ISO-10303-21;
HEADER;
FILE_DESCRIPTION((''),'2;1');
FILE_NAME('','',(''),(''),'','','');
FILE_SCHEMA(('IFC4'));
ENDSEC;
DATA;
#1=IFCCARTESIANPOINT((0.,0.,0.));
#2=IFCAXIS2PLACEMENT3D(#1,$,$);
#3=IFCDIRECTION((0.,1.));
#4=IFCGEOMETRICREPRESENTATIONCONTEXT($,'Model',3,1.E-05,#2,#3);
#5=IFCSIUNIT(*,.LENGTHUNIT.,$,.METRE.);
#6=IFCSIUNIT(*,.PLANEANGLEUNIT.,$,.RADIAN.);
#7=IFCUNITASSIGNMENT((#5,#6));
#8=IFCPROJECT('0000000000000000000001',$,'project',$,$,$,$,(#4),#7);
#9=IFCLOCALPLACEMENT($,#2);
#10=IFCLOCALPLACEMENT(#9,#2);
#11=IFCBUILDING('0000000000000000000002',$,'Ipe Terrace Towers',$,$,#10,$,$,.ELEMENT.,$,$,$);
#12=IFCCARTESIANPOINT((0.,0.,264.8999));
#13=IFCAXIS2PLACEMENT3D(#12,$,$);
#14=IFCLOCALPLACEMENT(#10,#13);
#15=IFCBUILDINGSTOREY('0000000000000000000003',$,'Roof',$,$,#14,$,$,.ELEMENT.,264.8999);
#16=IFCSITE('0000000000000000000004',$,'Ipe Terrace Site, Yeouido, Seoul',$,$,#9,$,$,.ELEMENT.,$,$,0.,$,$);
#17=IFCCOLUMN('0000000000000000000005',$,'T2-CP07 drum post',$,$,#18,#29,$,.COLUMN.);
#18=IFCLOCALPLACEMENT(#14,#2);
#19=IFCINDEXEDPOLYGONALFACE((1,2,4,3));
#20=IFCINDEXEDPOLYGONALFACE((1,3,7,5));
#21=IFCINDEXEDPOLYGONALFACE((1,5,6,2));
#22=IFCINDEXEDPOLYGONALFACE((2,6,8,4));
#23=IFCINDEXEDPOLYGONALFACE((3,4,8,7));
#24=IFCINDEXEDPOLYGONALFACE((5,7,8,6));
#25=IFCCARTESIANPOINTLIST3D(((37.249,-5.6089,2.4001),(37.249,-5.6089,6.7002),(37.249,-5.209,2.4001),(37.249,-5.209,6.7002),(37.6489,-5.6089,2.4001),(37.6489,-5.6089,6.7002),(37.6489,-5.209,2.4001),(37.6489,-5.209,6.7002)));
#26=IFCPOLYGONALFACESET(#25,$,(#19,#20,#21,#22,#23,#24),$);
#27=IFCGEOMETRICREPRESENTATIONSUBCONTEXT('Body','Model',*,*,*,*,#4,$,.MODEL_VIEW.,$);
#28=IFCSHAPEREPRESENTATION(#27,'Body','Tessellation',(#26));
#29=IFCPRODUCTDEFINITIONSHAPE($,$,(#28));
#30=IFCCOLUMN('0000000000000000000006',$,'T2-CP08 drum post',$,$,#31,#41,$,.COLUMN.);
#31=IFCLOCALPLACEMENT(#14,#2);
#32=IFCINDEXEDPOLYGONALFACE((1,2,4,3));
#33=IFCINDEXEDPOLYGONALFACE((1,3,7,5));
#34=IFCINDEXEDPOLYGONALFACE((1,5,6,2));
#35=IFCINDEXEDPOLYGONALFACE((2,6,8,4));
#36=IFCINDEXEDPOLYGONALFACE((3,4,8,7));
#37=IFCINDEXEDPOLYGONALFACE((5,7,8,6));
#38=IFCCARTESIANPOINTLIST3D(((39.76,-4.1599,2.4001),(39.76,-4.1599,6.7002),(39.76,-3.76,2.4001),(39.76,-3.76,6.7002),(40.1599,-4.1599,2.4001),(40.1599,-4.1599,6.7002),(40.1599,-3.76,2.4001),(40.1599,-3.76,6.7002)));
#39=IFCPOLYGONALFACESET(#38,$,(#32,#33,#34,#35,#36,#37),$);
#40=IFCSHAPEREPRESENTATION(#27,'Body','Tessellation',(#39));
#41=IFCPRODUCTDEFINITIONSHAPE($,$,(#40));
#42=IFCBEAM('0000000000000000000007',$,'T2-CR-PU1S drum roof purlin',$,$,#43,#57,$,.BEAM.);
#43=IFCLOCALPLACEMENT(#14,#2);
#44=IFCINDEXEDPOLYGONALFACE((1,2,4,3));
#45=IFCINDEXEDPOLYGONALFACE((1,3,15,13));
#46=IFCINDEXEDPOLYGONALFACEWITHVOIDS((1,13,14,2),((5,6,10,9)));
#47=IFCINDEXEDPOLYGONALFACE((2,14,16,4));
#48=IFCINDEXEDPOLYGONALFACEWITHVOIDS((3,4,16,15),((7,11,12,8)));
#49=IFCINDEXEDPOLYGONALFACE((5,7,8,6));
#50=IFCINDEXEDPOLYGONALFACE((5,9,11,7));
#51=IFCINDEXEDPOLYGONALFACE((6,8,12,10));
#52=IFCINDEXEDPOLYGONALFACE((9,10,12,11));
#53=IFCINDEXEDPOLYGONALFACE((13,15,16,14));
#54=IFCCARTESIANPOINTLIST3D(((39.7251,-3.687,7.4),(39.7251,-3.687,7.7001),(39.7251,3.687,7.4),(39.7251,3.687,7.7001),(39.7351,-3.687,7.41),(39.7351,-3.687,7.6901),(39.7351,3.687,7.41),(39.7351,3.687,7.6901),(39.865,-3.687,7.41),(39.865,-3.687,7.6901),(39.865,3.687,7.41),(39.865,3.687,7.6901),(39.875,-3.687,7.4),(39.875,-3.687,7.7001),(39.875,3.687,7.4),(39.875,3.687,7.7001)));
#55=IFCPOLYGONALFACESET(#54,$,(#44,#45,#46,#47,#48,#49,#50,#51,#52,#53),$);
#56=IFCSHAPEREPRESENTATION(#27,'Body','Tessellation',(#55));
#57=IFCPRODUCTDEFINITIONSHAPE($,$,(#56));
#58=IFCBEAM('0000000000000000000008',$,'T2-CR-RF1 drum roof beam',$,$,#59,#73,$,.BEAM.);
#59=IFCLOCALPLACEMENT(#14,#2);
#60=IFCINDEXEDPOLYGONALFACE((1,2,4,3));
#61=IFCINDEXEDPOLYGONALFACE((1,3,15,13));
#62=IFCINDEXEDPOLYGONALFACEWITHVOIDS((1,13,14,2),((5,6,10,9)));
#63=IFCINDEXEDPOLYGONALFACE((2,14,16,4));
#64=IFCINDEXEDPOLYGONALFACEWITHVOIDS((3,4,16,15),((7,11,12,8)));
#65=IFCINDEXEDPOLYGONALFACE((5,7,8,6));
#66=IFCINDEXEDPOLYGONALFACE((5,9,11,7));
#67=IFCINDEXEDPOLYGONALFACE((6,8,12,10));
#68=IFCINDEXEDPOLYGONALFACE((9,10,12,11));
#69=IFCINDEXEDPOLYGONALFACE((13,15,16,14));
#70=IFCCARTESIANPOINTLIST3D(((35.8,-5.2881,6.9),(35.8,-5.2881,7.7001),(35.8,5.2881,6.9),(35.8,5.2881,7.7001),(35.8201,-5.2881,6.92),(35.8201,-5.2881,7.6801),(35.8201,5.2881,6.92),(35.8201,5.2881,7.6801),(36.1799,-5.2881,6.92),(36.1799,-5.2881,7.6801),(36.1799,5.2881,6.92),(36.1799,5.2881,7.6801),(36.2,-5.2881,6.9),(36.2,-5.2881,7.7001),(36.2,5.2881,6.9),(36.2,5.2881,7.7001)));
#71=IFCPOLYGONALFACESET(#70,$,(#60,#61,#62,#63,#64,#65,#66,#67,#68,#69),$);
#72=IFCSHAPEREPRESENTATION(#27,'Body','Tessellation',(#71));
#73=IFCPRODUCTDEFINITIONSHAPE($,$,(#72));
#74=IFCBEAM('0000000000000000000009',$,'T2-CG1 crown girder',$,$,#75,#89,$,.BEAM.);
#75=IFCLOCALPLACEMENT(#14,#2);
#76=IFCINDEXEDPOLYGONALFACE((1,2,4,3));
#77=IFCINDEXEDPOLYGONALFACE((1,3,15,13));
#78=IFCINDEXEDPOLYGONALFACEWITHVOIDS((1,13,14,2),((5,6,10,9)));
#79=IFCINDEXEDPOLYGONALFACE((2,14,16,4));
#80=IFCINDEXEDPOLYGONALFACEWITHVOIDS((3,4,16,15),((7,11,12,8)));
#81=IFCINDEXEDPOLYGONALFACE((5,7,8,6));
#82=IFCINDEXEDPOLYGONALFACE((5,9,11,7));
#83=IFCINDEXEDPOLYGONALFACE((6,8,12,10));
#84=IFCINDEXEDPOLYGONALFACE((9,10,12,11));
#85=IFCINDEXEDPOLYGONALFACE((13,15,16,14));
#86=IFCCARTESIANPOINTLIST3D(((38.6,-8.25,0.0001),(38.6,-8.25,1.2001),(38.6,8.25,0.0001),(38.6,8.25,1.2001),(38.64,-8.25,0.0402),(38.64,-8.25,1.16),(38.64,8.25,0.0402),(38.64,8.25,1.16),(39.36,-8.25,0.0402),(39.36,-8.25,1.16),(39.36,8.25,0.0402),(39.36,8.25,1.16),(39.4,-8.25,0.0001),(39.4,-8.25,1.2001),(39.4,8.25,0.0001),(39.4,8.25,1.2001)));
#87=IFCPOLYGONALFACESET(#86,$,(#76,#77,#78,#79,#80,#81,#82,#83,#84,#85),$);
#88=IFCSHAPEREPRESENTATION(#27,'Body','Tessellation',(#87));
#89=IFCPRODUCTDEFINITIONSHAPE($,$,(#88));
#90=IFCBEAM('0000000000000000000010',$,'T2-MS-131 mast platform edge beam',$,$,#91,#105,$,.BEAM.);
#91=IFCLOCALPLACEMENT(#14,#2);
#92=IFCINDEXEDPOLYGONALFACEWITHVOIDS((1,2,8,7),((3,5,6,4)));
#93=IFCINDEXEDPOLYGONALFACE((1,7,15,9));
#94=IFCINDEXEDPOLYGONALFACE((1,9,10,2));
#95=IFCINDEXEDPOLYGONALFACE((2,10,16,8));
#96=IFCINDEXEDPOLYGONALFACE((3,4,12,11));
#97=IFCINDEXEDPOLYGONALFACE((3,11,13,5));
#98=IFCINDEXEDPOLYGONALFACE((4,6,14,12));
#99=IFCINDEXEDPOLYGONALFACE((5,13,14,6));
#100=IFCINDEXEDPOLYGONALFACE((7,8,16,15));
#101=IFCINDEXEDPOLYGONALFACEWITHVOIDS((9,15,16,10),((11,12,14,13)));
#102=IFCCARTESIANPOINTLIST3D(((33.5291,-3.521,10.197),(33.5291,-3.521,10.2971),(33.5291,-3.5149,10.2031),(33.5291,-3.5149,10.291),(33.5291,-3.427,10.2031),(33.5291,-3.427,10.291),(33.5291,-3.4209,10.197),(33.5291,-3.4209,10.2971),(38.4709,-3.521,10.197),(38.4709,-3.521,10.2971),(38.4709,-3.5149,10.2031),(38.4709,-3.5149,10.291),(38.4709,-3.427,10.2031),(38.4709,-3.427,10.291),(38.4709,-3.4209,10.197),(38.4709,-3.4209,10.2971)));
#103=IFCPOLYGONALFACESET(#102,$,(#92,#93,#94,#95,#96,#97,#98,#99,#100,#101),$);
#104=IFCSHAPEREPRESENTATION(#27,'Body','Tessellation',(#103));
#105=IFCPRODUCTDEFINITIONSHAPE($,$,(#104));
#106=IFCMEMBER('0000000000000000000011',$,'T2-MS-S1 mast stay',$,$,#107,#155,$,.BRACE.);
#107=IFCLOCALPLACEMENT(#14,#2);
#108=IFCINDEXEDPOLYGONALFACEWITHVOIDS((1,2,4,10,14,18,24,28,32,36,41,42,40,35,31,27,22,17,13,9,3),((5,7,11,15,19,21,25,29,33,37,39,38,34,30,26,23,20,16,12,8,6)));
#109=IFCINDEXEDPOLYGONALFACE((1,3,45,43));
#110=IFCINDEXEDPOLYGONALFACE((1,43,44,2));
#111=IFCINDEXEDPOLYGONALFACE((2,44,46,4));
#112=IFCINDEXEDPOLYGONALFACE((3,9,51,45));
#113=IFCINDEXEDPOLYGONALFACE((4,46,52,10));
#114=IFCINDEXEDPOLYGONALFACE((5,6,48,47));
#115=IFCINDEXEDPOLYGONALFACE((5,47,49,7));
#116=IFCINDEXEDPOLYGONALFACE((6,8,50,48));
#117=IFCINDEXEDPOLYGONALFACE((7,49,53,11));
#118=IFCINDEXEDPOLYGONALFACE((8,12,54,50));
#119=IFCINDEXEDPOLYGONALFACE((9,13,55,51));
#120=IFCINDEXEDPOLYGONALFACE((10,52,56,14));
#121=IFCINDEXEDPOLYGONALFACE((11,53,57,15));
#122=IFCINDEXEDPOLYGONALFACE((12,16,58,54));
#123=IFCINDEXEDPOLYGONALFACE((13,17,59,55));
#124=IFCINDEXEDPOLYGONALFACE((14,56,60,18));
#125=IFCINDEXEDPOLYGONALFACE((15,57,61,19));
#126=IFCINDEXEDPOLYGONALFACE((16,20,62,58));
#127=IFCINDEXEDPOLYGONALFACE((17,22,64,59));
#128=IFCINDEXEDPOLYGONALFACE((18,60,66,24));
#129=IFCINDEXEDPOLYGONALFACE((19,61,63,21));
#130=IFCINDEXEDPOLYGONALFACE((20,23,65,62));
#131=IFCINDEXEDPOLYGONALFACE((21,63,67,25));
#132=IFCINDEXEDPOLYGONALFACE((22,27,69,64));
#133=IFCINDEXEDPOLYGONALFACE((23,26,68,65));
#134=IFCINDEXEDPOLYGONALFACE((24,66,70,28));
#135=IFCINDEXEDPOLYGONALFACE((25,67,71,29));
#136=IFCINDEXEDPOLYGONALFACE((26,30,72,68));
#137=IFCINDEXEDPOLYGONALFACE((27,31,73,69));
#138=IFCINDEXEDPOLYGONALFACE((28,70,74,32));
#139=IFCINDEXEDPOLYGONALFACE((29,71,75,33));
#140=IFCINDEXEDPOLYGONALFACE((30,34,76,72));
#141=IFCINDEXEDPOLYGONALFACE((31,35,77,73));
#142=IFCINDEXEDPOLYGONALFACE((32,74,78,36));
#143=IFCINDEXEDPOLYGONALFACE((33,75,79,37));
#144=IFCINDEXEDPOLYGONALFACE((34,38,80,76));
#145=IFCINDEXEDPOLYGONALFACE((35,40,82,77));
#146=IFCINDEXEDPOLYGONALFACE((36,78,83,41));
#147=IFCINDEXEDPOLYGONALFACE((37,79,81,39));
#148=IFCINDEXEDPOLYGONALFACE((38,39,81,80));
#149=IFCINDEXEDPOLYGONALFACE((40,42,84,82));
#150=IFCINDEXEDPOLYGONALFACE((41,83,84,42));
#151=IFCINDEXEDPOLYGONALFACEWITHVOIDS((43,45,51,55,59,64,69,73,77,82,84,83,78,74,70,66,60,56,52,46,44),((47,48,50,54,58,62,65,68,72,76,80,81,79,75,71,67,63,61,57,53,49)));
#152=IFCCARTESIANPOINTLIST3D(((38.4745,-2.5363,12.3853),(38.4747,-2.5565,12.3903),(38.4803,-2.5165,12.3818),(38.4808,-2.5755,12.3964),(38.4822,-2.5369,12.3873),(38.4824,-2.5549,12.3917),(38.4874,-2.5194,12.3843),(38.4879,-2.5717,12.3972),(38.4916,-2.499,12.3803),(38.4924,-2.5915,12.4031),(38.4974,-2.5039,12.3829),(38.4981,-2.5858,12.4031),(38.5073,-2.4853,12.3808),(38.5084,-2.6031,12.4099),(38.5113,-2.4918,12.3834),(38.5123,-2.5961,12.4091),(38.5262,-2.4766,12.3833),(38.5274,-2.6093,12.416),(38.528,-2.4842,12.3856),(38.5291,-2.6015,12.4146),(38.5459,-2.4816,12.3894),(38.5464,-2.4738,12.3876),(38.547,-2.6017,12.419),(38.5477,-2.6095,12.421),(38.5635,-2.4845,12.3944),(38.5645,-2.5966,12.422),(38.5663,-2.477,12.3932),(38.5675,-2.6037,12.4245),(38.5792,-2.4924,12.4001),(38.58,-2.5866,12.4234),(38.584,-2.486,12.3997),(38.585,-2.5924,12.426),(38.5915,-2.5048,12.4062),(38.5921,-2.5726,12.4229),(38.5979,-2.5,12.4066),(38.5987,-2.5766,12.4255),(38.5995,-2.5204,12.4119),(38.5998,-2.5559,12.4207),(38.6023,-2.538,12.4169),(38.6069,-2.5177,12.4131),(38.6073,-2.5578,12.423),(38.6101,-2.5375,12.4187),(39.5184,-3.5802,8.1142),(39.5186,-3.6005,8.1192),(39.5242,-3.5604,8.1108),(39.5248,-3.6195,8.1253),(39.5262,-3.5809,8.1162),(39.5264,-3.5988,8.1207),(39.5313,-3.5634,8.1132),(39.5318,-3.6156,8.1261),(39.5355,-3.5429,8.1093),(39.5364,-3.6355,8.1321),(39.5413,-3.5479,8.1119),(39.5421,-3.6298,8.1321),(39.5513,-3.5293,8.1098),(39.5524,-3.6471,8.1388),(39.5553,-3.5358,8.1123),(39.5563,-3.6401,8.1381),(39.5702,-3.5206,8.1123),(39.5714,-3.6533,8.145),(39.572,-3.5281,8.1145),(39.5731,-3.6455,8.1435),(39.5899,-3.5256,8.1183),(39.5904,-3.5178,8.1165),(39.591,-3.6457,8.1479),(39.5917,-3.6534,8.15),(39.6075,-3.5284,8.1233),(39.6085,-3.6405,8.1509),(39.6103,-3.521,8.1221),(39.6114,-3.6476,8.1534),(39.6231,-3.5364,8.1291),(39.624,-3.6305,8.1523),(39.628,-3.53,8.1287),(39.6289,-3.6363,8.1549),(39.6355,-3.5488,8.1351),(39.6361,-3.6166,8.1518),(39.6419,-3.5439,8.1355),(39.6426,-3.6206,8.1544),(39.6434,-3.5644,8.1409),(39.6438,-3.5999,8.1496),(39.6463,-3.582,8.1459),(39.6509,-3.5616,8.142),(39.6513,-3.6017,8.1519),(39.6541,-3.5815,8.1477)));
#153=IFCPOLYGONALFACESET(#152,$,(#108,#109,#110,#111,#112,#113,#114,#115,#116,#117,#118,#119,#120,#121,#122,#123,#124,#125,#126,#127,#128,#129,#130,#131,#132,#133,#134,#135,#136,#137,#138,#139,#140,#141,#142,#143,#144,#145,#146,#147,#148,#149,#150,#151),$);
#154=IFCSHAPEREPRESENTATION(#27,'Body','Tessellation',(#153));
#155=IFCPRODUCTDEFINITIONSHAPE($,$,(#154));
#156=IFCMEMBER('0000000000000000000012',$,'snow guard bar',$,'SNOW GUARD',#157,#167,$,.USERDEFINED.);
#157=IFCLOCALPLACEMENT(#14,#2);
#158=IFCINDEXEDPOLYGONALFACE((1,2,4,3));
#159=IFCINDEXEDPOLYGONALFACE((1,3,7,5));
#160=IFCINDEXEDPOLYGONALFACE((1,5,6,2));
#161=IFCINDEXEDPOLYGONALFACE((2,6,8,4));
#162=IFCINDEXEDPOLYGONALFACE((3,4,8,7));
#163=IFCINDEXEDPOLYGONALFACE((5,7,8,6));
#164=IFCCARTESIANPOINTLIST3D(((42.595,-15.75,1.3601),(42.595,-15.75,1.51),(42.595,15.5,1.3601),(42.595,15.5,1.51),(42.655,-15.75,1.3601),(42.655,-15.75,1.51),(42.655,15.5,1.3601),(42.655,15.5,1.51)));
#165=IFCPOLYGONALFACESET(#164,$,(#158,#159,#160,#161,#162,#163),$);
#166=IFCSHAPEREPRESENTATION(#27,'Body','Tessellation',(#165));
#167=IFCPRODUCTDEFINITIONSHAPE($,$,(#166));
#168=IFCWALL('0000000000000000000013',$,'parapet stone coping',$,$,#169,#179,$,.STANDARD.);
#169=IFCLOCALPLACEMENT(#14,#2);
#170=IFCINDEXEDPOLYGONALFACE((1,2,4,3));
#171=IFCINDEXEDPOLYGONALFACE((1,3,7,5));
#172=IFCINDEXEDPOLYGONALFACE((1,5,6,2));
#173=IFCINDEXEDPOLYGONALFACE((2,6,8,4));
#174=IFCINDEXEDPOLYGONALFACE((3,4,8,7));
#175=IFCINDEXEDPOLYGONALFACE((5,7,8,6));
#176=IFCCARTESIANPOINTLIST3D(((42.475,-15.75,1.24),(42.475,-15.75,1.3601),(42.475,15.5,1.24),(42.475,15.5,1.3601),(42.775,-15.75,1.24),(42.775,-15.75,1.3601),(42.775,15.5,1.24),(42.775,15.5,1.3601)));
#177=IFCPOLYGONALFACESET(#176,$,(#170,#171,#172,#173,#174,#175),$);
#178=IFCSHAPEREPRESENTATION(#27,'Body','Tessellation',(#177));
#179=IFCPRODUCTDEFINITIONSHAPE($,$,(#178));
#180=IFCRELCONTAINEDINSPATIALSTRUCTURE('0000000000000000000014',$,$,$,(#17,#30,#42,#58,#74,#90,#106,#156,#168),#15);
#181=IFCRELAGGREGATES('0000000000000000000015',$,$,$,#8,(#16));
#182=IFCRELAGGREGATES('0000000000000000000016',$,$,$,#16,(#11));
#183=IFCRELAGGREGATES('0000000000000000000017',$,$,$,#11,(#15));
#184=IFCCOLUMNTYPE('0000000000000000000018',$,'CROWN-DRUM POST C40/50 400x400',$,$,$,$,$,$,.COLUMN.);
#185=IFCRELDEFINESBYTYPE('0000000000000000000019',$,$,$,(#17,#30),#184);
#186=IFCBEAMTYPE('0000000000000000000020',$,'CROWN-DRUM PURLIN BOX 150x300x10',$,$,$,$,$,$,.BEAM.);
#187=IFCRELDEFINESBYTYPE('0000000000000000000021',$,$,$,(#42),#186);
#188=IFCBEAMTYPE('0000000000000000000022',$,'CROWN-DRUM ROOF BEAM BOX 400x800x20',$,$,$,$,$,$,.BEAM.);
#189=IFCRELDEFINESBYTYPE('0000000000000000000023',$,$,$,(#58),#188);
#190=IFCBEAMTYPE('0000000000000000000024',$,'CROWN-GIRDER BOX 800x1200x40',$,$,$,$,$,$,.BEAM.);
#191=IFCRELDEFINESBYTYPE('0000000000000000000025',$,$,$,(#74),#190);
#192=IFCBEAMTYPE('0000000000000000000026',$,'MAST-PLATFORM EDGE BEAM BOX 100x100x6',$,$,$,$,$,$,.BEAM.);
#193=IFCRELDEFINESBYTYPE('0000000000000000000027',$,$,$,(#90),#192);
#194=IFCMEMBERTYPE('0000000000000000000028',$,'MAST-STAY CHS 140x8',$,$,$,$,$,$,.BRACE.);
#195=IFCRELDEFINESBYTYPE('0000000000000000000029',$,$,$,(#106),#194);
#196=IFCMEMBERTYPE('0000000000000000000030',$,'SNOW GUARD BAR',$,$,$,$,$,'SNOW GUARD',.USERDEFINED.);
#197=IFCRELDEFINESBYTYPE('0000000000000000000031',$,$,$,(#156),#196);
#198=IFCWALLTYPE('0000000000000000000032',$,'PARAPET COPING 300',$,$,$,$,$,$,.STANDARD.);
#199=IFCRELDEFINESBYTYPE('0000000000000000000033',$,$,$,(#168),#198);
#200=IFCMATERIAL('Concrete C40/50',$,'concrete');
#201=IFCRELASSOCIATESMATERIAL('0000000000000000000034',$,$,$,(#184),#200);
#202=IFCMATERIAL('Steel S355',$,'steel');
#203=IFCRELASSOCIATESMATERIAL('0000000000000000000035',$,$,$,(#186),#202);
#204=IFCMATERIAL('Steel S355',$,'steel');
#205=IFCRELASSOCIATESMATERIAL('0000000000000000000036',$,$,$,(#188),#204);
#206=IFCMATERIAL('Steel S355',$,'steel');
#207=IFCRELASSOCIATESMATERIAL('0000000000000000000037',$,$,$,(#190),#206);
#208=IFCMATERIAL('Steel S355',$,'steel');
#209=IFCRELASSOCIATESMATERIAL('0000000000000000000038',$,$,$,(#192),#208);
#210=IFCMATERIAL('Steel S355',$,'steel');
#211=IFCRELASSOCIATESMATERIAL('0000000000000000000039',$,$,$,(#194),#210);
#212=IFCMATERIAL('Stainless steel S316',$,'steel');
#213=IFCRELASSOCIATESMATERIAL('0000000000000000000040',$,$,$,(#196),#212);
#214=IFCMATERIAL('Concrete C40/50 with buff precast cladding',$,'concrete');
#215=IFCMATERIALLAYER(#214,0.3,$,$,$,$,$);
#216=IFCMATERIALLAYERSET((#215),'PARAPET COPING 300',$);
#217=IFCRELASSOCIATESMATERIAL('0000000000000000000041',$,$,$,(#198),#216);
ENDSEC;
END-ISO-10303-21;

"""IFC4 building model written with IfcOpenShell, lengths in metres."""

from ifc_helpers import new_model, si_unit, direction, frame, frame_2d, origin, origin_2d, place, context, subcontext, project, spatial, rectangle, hollow_rectangle, hollow_circle, extrude, material, layer, layer_set, material_profile, profile_set, type_object, element, save


model = new_model("IFC4")

# Units and contexts
model_context = context("Model", 3, precision=1e-05, world=origin(), true_north=direction((0.0, 1.0)))
body_context = subcontext(model_context, "Body", "Model", "MODEL_VIEW")
ifc_project = project(units=[si_unit("LENGTHUNIT", "METRE"), si_unit("PLANEANGLEUNIT", "RADIAN")], contexts=[model_context])

# Site, building, storey
site_placement = place(None, origin())
site = spatial("IfcSite", under=ifc_project, at=site_placement, Name="Ipe Terrace Site, Yeouido, Seoul", CompositionType="ELEMENT", RefElevation=0.0)
building_placement = place(site_placement, origin())
building = spatial("IfcBuilding", under=site, at=building_placement, Name="Ipe Terrace Towers", CompositionType="ELEMENT")
storey_placement = place(building_placement, frame((0.0, 0.0, 264.8999)))
storey = spatial("IfcBuildingStorey", under=building, at=storey_placement, Name="Roof", CompositionType="ELEMENT", Elevation=264.8999)

# Columns
ifc_material_1 = material(Name="Concrete C40/50", Category="concrete")
ifc_material_profile_1 = material_profile(ifc_material_1, rectangle(XDim=0.3999, YDim=0.3999, at=origin_2d()), Name="CROWN-DRUM POST C40/50 400x400")
ifc_profile_set_1 = profile_set([ifc_material_profile_1], Name="Concrete C40/50")
column_type = type_object("IfcColumnType", Name="CROWN-DRUM POST C40/50 400x400", PredefinedType="COLUMN", material=ifc_profile_set_1)
for number, where, z_axis, x_axis, name in (
    (1, (37.449, -5.4089, 2.4001), (0.0, 0.0, 1.0), (1.0, 0.0, 0.0), "T2-CP07 drum post"),
    (2, (39.96, -3.96, 2.4001), (0.0, 0.0, 1.0), (1.0, 0.0, 0.0), "T2-CP08 drum post"),
):
    element("IfcColumn", number, at=place(storey_placement, frame(where, z_axis=z_axis, x_axis=x_axis)), inside=storey, type_object=column_type, Name=name, PredefinedType="COLUMN", context=body_context, shape_type="SweptSolid", body=[
        extrude(rectangle(XDim=0.3999, YDim=0.3999, at=origin_2d()), origin(), (0.0, 0.0, 1.0), 4.3),
    ])

# Beams
ifc_material_2 = material(Name="Steel S355", Category="steel")
ifc_material_profile_2 = material_profile(ifc_material_2, hollow_rectangle(XDim=0.1499, YDim=0.3, WallThickness=0.01, at=origin_2d()), Name="CROWN-DRUM PURLIN BOX 150x300x10")
ifc_profile_set_2 = profile_set([ifc_material_profile_2], Name="Steel S355")
beam_type_1 = type_object("IfcBeamType", Name="CROWN-DRUM PURLIN BOX 150x300x10", PredefinedType="BEAM", material=ifc_profile_set_2)
beam_1_placement = place(storey_placement, frame((39.8, -3.687, 7.55), z_axis=(0.0, 1.0, 0.0), x_axis=(-1.0, 0.0, 0.0)))
element("IfcBeam", 3, at=beam_1_placement, inside=storey, type_object=beam_type_1, Name="T2-CR-PU1S drum roof purlin", PredefinedType="BEAM", context=body_context, shape_type="SweptSolid", body=[
    extrude(hollow_rectangle(XDim=0.1499, YDim=0.3, WallThickness=0.01, at=origin_2d()), origin(), (0.0, 0.0, 1.0), 7.374),
])
ifc_material_3 = material(Name="Steel S355", Category="steel")
ifc_material_profile_3 = material_profile(ifc_material_3, hollow_rectangle(XDim=0.3999, YDim=0.8, WallThickness=0.02, at=origin_2d()), Name="CROWN-DRUM ROOF BEAM BOX 400x800x20")
ifc_profile_set_3 = profile_set([ifc_material_profile_3], Name="Steel S355")
beam_type_2 = type_object("IfcBeamType", Name="CROWN-DRUM ROOF BEAM BOX 400x800x20", PredefinedType="BEAM", material=ifc_profile_set_3)
beam_2_placement = place(storey_placement, frame((36.0, -5.2881, 7.3), z_axis=(0.0, 1.0, 0.0), x_axis=(-1.0, 0.0, 0.0)))
element("IfcBeam", 4, at=beam_2_placement, inside=storey, type_object=beam_type_2, Name="T2-CR-RF1 drum roof beam", PredefinedType="BEAM", context=body_context, shape_type="SweptSolid", body=[
    extrude(hollow_rectangle(XDim=0.3999, YDim=0.8, WallThickness=0.02, at=origin_2d()), origin(), (0.0, 0.0, 1.0), 10.5762),
])
ifc_material_4 = material(Name="Steel S355", Category="steel")
ifc_material_profile_4 = material_profile(ifc_material_4, hollow_rectangle(XDim=0.8, YDim=1.2, WallThickness=0.04, at=origin_2d()), Name="CROWN-GIRDER BOX 800x1200x40")
ifc_profile_set_4 = profile_set([ifc_material_profile_4], Name="Steel S355")
beam_type_3 = type_object("IfcBeamType", Name="CROWN-GIRDER BOX 800x1200x40", PredefinedType="BEAM", material=ifc_profile_set_4)
beam_3_placement = place(storey_placement, frame((39.0, -8.25, 0.6001), z_axis=(0.0, 1.0, 0.0), x_axis=(-1.0, 0.0, 0.0)))
element("IfcBeam", 5, at=beam_3_placement, inside=storey, type_object=beam_type_3, Name="T2-CG1 crown girder", PredefinedType="BEAM", context=body_context, shape_type="SweptSolid", body=[
    extrude(hollow_rectangle(XDim=0.8, YDim=1.2, WallThickness=0.04, at=origin_2d()), origin(), (0.0, 0.0, 1.0), 16.5),
])
ifc_material_5 = material(Name="Steel S355", Category="steel")
ifc_material_profile_5 = material_profile(ifc_material_5, hollow_rectangle(XDim=0.1001, YDim=0.1001, WallThickness=0.0061, at=origin_2d()), Name="MAST-PLATFORM EDGE BEAM BOX 100x100x6")
ifc_profile_set_5 = profile_set([ifc_material_profile_5], Name="Steel S355")
beam_type_4 = type_object("IfcBeamType", Name="MAST-PLATFORM EDGE BEAM BOX 100x100x6", PredefinedType="BEAM", material=ifc_profile_set_5)
beam_4_placement = place(storey_placement, frame((38.4709, -3.4709, 10.2471), z_axis=(-1.0, 0.0, 0.0), x_axis=(0.0, -1.0, 0.0)))
element("IfcBeam", 6, at=beam_4_placement, inside=storey, type_object=beam_type_4, Name="T2-MS-131 mast platform edge beam", PredefinedType="BEAM", context=body_context, shape_type="SweptSolid", body=[
    extrude(hollow_rectangle(XDim=0.1001, YDim=0.1001, WallThickness=0.0061, at=origin_2d()), origin(), (0.0, 0.0, 1.0), 4.9419),
])

# Members
ifc_material_6 = material(Name="Steel S355", Category="steel")
ifc_material_profile_6 = material_profile(ifc_material_6, hollow_circle(Radius=0.0701, WallThickness=0.0081, at=origin_2d()), Name="MAST-STAY CHS 140x8")
ifc_profile_set_6 = profile_set([ifc_material_profile_6], Name="Steel S355")
member_type_1 = type_object("IfcMemberType", Name="MAST-STAY CHS 140x8", PredefinedType="BRACE", material=ifc_profile_set_6)
member_1_placement = place(storey_placement, frame((39.5859, -3.5859, 8.1321), z_axis=(-0.231014, 0.231014, 0.945127), x_axis=(-0.707107, -0.707107, 0.0)))
element("IfcMember", 7, at=member_1_placement, inside=storey, type_object=member_type_1, Name="T2-MS-S1 mast stay", PredefinedType="BRACE", context=body_context, shape_type="SweptSolid", body=[
    extrude(hollow_circle(Radius=0.0701, WallThickness=0.0081, at=origin_2d()), origin(), (0.0, 0.0, 1.0), 4.519),
])
ifc_material_7 = material(Name="Stainless steel S316", Category="steel")
ifc_material_profile_7 = material_profile(ifc_material_7, rectangle(XDim=0.0601, YDim=0.1499, at=origin_2d()), Name="SNOW GUARD BAR")
ifc_profile_set_7 = profile_set([ifc_material_profile_7], Name="Stainless steel S316")
member_type_2 = type_object("IfcMemberType", Name="SNOW GUARD BAR", ElementType="SNOW GUARD", PredefinedType="USERDEFINED", material=ifc_profile_set_7)
member_2_placement = place(storey_placement, frame((42.625, -15.75, 1.4351), z_axis=(0.0, 1.0, 0.0), x_axis=(-1.0, 0.0, 0.0)))
element("IfcMember", 8, at=member_2_placement, inside=storey, type_object=member_type_2, Name="snow guard bar", ObjectType="SNOW GUARD", PredefinedType="USERDEFINED", context=body_context, shape_type="SweptSolid", body=[
    extrude(rectangle(XDim=0.0601, YDim=0.1499, at=origin_2d()), origin(), (0.0, 0.0, 1.0), 31.25),
])

# Wall
ifc_material_8 = material(Name="Concrete C40/50 with buff precast cladding", Category="concrete")
ifc_layer_1 = layer(ifc_material_8, 0.3)
ifc_layer_set_1 = layer_set([ifc_layer_1], Name="PARAPET COPING 300")
wall_type_1 = type_object("IfcWallType", Name="PARAPET COPING 300", PredefinedType="STANDARD", material=ifc_layer_set_1)
wall_1_placement = place(storey_placement, frame((42.625, -15.75, 1.24), z_axis=(0.0, 0.0, 1.0), x_axis=(0.0, 1.0, 0.0)))
element("IfcWall", 9, at=wall_1_placement, inside=storey, type_object=wall_type_1, Name="parapet stone coping", PredefinedType="STANDARD", context=body_context, shape_type="SweptSolid", body=[
    extrude(rectangle(XDim=31.25, YDim=0.3, at=frame_2d((15.625, 0.0))), origin(), (0.0, 0.0, 1.0), 0.1201),
])

save(model, "model.ifc")
